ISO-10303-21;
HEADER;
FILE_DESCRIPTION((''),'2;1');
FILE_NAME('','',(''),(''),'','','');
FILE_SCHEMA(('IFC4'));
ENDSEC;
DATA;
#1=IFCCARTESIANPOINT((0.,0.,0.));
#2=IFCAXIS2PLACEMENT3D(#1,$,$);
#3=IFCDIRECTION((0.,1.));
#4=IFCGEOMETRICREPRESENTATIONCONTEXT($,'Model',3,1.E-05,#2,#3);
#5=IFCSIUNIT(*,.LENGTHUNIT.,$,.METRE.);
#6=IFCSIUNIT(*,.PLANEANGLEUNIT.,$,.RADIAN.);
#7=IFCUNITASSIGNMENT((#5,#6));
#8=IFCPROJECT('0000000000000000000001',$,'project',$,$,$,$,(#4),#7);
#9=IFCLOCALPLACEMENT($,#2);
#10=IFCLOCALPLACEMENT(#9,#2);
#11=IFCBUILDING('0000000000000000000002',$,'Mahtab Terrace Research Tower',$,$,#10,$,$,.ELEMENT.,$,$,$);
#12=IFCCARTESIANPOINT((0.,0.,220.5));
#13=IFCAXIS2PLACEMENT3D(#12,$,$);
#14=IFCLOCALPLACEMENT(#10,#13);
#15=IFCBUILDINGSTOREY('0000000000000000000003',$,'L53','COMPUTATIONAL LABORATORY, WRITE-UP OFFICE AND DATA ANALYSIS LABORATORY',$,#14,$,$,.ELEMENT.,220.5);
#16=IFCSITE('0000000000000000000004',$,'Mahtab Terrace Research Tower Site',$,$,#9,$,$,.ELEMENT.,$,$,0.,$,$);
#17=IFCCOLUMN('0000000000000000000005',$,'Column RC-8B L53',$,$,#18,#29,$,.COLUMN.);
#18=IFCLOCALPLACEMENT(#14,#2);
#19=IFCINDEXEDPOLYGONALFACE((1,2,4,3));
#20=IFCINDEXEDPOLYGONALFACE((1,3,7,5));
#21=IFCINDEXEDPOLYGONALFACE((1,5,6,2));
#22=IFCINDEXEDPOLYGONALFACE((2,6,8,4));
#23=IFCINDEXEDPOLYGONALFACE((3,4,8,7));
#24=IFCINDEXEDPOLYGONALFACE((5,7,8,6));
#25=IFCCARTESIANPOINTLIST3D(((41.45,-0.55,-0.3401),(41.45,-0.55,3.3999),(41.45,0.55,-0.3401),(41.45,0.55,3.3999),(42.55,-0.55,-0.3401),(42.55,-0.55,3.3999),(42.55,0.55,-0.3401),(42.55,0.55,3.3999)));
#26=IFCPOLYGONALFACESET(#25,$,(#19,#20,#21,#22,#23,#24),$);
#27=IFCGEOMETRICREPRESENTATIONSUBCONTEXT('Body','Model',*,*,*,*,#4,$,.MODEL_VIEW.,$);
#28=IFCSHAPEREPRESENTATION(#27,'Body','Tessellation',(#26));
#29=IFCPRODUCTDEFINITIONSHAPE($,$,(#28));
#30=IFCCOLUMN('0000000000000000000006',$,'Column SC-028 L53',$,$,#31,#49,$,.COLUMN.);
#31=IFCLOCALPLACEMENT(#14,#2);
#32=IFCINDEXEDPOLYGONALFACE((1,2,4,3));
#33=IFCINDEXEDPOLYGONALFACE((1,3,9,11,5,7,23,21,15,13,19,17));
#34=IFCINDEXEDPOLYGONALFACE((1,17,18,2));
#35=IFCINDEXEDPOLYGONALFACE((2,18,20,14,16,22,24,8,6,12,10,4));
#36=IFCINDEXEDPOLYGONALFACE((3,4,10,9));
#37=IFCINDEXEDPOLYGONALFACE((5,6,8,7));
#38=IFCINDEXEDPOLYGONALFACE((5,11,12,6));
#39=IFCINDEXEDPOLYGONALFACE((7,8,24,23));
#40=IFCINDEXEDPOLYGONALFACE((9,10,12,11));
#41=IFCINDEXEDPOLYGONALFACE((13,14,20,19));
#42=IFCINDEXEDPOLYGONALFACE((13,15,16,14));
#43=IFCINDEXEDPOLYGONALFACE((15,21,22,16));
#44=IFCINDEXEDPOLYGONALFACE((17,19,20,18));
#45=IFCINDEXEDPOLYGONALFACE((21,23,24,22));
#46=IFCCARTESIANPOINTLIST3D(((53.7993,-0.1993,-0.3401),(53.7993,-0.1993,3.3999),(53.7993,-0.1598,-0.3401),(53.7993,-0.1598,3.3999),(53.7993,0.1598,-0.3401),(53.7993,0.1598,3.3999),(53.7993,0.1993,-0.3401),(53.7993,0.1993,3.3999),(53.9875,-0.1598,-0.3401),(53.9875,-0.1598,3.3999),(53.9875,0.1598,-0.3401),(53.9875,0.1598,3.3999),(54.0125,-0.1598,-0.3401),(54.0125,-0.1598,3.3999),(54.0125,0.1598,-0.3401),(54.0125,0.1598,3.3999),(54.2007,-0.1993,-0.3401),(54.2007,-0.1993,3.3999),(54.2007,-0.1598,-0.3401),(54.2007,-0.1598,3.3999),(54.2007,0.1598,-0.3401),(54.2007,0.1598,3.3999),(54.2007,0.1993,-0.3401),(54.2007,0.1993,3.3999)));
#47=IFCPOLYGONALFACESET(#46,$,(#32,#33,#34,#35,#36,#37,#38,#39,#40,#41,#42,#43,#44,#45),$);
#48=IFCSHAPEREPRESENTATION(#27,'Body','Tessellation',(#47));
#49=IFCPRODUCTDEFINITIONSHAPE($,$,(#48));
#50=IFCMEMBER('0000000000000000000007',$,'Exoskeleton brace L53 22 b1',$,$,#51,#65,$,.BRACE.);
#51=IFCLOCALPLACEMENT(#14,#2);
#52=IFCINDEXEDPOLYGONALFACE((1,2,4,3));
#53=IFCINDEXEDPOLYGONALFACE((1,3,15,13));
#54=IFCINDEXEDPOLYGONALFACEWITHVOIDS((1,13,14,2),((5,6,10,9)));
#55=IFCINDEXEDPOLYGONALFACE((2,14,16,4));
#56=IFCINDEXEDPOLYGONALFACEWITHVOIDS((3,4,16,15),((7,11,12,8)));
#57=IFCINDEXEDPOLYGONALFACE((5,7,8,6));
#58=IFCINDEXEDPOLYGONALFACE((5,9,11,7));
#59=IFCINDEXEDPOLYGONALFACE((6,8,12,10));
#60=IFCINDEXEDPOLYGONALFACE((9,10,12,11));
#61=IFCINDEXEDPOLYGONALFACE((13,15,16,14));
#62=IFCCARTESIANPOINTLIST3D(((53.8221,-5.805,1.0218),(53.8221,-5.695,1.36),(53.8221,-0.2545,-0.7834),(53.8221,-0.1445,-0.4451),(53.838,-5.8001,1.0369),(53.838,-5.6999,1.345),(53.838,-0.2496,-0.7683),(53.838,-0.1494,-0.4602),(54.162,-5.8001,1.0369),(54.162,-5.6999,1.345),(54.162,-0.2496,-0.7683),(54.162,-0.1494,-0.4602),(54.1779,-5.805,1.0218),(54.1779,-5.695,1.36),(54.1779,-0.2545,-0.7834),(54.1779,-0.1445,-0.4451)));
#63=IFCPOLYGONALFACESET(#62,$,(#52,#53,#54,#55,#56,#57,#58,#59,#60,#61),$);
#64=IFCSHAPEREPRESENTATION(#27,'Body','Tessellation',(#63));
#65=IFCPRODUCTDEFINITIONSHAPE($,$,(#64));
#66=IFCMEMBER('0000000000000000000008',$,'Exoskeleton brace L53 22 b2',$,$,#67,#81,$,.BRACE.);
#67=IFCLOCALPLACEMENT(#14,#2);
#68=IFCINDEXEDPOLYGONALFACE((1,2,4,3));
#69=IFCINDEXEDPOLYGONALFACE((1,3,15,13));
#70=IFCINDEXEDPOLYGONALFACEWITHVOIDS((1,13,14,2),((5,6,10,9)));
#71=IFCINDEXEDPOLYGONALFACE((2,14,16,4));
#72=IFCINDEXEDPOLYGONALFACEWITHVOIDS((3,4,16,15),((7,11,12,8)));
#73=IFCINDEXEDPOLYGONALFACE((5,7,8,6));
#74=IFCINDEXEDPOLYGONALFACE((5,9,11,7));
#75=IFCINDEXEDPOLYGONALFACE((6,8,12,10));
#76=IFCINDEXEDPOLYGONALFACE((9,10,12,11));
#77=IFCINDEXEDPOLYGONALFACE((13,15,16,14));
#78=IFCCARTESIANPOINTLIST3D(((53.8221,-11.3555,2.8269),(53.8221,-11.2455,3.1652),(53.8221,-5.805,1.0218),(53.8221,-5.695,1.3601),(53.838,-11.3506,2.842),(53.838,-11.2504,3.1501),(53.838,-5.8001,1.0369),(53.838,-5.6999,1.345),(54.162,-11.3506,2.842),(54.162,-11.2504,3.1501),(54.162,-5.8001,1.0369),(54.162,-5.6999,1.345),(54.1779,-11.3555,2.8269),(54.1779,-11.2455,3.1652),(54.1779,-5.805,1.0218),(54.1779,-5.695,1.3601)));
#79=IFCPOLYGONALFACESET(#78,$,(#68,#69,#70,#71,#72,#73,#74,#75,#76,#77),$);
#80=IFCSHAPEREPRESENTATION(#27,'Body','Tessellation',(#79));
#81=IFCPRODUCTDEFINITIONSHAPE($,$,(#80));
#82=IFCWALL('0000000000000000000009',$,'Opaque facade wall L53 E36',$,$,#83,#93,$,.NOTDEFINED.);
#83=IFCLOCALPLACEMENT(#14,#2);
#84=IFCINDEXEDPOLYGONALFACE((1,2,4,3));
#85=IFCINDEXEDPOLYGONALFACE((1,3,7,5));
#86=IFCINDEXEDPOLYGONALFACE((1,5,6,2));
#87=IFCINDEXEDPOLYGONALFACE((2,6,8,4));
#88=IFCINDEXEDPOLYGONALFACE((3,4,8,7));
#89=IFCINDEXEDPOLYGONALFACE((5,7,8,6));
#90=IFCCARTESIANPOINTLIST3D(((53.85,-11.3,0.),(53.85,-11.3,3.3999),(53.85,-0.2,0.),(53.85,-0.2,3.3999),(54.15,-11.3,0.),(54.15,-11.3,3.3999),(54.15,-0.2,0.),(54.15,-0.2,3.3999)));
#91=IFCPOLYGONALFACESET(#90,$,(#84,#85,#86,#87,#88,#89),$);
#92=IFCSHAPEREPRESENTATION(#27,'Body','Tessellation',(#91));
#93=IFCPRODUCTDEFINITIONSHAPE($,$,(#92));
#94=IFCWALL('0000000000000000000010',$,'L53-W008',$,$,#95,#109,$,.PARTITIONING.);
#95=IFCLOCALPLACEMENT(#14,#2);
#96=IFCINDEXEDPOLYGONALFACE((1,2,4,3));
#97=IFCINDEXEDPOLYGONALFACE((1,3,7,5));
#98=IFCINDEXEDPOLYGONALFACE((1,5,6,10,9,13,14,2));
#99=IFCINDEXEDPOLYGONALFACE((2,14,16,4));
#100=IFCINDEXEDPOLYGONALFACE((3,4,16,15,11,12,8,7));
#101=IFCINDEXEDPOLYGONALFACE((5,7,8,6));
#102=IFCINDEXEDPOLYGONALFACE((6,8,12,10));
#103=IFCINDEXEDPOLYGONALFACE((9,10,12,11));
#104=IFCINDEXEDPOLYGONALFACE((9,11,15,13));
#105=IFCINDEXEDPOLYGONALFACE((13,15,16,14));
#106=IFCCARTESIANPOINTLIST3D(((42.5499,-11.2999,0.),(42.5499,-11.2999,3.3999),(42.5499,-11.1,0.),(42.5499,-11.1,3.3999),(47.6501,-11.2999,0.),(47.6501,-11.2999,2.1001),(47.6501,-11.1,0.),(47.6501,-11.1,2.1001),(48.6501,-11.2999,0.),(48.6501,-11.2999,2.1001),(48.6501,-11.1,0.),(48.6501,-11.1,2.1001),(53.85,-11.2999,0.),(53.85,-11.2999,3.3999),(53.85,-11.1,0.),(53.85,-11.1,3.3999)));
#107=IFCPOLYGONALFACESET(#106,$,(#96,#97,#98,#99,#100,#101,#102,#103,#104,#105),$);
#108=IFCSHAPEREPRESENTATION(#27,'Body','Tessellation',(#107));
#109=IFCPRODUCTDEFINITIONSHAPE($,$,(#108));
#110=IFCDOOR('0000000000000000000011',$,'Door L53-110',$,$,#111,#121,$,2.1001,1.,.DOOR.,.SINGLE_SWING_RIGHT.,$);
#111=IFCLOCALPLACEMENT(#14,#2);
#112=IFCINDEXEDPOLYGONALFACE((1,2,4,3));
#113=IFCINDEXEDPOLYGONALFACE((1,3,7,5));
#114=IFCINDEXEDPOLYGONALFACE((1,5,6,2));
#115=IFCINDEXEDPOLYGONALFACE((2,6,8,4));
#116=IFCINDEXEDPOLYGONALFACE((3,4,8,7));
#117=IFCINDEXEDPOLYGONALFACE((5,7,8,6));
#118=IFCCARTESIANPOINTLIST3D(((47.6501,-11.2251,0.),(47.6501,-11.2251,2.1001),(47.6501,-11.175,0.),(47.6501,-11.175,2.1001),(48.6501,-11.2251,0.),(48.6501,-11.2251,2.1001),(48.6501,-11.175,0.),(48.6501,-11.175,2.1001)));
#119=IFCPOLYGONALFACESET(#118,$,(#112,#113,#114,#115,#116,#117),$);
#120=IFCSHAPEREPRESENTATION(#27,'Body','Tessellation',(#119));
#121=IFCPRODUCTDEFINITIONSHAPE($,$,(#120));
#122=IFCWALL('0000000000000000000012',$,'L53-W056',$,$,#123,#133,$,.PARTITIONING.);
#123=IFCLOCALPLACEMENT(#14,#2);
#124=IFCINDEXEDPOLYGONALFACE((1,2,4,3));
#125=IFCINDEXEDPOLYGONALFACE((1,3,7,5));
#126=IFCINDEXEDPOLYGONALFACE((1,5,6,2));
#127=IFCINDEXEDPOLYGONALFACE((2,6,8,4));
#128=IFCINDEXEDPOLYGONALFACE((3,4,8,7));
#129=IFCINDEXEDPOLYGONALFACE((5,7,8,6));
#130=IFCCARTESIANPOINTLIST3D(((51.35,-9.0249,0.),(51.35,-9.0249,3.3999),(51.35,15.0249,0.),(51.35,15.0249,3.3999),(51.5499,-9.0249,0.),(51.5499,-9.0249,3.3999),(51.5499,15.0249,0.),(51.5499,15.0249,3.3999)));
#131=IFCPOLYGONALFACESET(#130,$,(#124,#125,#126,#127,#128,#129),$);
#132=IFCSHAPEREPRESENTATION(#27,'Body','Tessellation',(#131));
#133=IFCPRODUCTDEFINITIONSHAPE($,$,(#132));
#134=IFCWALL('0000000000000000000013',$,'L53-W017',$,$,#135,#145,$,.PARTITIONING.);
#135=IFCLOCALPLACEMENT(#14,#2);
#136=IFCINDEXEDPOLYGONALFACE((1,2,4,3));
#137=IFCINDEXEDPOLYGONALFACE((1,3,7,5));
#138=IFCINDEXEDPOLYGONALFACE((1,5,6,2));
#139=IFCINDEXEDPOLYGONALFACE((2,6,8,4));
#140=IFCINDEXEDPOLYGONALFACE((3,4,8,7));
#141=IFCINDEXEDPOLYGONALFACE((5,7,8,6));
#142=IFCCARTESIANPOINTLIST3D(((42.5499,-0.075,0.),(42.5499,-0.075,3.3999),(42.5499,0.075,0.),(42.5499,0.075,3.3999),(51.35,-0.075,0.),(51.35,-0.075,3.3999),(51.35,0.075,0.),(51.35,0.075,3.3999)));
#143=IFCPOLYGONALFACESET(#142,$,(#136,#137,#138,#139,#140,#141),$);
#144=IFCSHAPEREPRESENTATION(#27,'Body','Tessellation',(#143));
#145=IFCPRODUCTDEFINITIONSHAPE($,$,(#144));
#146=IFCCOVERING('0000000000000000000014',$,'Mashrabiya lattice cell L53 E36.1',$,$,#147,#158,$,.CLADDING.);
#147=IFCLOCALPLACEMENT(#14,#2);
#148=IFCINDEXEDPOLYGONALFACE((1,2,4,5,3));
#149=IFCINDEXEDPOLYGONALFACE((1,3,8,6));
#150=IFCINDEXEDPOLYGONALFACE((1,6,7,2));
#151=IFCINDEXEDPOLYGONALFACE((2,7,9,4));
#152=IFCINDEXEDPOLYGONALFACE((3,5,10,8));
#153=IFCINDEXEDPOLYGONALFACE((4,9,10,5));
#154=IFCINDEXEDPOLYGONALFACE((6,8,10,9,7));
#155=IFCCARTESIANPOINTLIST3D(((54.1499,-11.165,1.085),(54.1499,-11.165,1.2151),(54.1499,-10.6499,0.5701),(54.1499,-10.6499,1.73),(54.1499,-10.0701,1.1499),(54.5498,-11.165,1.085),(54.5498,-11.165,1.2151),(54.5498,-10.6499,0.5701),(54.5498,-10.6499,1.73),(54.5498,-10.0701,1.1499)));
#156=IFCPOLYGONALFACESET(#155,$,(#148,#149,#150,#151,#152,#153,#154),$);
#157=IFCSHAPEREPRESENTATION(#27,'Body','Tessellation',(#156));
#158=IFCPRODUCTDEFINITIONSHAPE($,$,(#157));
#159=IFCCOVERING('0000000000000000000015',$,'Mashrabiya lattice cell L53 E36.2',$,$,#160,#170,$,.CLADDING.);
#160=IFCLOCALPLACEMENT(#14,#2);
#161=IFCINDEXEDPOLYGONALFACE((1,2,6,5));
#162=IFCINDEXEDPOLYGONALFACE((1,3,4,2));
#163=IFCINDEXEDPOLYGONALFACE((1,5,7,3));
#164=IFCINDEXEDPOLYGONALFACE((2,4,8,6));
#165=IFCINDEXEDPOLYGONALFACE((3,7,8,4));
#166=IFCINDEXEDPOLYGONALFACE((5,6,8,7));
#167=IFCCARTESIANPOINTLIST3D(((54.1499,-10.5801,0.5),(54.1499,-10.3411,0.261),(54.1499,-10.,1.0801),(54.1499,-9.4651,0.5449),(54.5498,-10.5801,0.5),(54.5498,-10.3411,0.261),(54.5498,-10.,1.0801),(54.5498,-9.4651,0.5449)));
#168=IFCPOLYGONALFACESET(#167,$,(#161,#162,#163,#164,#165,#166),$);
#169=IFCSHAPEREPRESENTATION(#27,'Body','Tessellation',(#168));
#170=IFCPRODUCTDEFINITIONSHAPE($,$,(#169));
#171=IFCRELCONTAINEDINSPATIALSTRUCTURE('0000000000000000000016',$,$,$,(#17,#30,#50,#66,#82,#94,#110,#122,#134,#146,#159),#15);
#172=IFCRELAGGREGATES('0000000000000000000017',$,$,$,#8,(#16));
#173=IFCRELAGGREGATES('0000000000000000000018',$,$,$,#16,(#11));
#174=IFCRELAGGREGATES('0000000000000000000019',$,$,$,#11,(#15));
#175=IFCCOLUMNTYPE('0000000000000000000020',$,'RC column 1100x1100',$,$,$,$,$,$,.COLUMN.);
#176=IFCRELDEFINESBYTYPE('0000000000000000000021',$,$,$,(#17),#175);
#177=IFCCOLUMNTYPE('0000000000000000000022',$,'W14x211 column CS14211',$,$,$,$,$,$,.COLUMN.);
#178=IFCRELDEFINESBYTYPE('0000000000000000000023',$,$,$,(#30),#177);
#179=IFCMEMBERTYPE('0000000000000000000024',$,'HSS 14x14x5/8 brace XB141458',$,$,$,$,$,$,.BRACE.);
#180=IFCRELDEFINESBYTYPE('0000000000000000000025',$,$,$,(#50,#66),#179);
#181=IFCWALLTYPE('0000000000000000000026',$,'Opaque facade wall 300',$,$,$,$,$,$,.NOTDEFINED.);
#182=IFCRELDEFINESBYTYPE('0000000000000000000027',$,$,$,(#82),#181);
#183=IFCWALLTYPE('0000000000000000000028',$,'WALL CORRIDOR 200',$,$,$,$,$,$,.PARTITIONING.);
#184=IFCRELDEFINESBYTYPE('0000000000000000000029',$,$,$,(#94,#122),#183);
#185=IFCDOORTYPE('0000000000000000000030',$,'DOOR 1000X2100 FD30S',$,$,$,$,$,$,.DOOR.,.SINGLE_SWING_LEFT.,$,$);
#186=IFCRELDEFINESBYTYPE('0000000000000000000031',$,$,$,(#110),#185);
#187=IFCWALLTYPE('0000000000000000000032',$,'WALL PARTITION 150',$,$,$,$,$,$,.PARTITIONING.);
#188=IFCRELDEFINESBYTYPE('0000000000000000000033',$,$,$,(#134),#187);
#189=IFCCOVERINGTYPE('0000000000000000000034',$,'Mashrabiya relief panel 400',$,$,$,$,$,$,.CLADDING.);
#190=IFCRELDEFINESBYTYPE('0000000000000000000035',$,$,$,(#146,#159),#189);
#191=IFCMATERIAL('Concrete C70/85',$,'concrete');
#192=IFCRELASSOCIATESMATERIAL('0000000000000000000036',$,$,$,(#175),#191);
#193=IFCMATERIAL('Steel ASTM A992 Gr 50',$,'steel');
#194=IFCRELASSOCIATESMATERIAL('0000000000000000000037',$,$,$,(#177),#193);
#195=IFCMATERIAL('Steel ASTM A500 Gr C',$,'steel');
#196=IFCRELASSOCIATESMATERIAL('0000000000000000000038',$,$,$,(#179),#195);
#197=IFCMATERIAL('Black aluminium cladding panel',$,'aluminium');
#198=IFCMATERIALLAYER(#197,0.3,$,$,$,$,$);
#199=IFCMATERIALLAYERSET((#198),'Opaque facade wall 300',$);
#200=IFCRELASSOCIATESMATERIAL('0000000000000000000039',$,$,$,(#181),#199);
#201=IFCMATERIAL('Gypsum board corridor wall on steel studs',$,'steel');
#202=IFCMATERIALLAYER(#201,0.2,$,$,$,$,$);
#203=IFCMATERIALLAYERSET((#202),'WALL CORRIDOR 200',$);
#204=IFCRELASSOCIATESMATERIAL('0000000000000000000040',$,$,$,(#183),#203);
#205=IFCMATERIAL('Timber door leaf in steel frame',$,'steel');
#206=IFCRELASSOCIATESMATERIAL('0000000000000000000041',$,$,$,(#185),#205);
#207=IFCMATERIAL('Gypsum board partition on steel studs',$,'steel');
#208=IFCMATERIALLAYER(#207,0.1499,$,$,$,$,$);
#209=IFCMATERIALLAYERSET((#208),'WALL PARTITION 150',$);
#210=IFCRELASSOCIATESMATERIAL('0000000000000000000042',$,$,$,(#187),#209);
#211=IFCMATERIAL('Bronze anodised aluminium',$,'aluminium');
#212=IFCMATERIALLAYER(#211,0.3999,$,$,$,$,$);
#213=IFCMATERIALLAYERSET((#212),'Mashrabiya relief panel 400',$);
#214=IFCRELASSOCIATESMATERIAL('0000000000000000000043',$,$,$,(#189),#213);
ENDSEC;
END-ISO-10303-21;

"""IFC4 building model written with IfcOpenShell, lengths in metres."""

from ifc_helpers import new_model, si_unit, direction, frame, frame_2d, origin, origin_2d, place, context, subcontext, project, spatial, polyline, rectangle, hollow_rectangle, i_section, outline, extrude, material, layer, layer_set, material_profile, profile_set, type_object, element, fill, save


model = new_model("IFC4")

# Units and contexts
model_context = context("Model", 3, precision=1e-05, world=origin(), true_north=direction((0.0, 1.0)))
body_context = subcontext(model_context, "Body", "Model", "MODEL_VIEW")
ifc_project = project(units=[si_unit("LENGTHUNIT", "METRE"), si_unit("PLANEANGLEUNIT", "RADIAN")], contexts=[model_context])

# Site, building, storey
site_placement = place(None, origin())
site = spatial("IfcSite", under=ifc_project, at=site_placement, Name="Mahtab Terrace Research Tower Site", CompositionType="ELEMENT", RefElevation=0.0)
building_placement = place(site_placement, origin())
building = spatial("IfcBuilding", under=site, at=building_placement, Name="Mahtab Terrace Research Tower", CompositionType="ELEMENT")
storey_placement = place(building_placement, frame((0.0, 0.0, 220.5)))
storey = spatial("IfcBuildingStorey", under=building, at=storey_placement, Name="L53", Description="COMPUTATIONAL LABORATORY, WRITE-UP OFFICE AND DATA ANALYSIS LABORATORY", CompositionType="ELEMENT", Elevation=220.5)

# Columns
ifc_material_1 = material(Name="Concrete C70/85", Category="concrete")
ifc_material_profile_1 = material_profile(ifc_material_1, rectangle(XDim=1.1001, YDim=1.1001, at=origin_2d()), Name="RC column 1100x1100")
ifc_profile_set_1 = profile_set([ifc_material_profile_1], Name="Concrete C70/85")
column_type_1 = type_object("IfcColumnType", Name="RC column 1100x1100", PredefinedType="COLUMN", material=ifc_profile_set_1)
column_1_placement = place(storey_placement, frame((42.0, 0.0, -0.3401), z_axis=(0.0, 0.0, 1.0), x_axis=(1.0, 0.0, 0.0)))
element("IfcColumn", 1, at=column_1_placement, inside=storey, type_object=column_type_1, Name="Column RC-8B L53", PredefinedType="COLUMN", context=body_context, shape_type="SweptSolid", body=[
    extrude(rectangle(XDim=1.1001, YDim=1.1001, at=origin_2d()), origin(), (0.0, 0.0, 1.0), 3.74),
])
ifc_material_2 = material(Name="Steel ASTM A992 Gr 50", Category="steel")
ifc_material_profile_2 = material_profile(ifc_material_2, i_section(OverallWidth=0.4014, OverallDepth=0.3987, WebThickness=0.0249, FlangeThickness=0.0396, at=origin_2d()), Name="W14X211")
ifc_profile_set_2 = profile_set([ifc_material_profile_2], Name="Steel ASTM A992 Gr 50")
column_type_2 = type_object("IfcColumnType", Name="W14x211 column CS14211", PredefinedType="COLUMN", material=ifc_profile_set_2)
column_2_placement = place(storey_placement, frame((54.0, 0.0, -0.3401), z_axis=(0.0, 0.0, 1.0), x_axis=(1.0, 0.0, 0.0)))
element("IfcColumn", 2, at=column_2_placement, inside=storey, type_object=column_type_2, Name="Column SC-028 L53", PredefinedType="COLUMN", context=body_context, shape_type="SweptSolid", body=[
    extrude(i_section(OverallWidth=0.4014, OverallDepth=0.3987, WebThickness=0.0249, FlangeThickness=0.0396, at=origin_2d()), origin(), (0.0, 0.0, 1.0), 3.74),
])

# Members
ifc_material_3 = material(Name="Steel ASTM A500 Gr C", Category="steel")
ifc_material_profile_3 = material_profile(ifc_material_3, hollow_rectangle(XDim=0.3557, YDim=0.3557, WallThickness=0.0159, at=origin_2d()), Name="HSS14X14X5/8")
ifc_profile_set_3 = profile_set([ifc_material_profile_3], Name="Steel ASTM A500 Gr C")
member_type = type_object("IfcMemberType", Name="HSS 14x14x5/8 brace XB141458", PredefinedType="BRACE", material=ifc_profile_set_3)
for number, where, z_axis, x_axis, name in (
    (3, (54.0, -0.1995, -0.6143), (0.0, -0.950971, 0.30928), (1.0, 0.0, 0.0), "Exoskeleton brace L53 22 b1"),
    (4, (54.0, -5.75, 1.1909), (0.0, -0.950971, 0.30928), (1.0, 0.0, 0.0), "Exoskeleton brace L53 22 b2"),
):
    element("IfcMember", number, at=place(storey_placement, frame(where, z_axis=z_axis, x_axis=x_axis)), inside=storey, type_object=member_type, Name=name, PredefinedType="BRACE", context=body_context, shape_type="SweptSolid", body=[
        extrude(hollow_rectangle(XDim=0.3557, YDim=0.3557, WallThickness=0.0159, at=origin_2d()), origin(), (0.0, 0.0, 1.0), 5.8367),
    ])

# Wall
ifc_material_4 = material(Name="Black aluminium cladding panel", Category="aluminium")
ifc_layer_1 = layer(ifc_material_4, 0.3)
ifc_layer_set_1 = layer_set([ifc_layer_1], Name="Opaque facade wall 300")
wall_type_1 = type_object("IfcWallType", Name="Opaque facade wall 300", PredefinedType="NOTDEFINED", material=ifc_layer_set_1)
wall_1_placement = place(storey_placement, frame((54.0, -11.3, 0.0), z_axis=(0.0, 0.0, 1.0), x_axis=(0.0, 1.0, 0.0)))
element("IfcWall", 5, at=wall_1_placement, inside=storey, type_object=wall_type_1, Name="Opaque facade wall L53 E36", PredefinedType="NOTDEFINED", context=body_context, shape_type="SweptSolid", body=[
    extrude(rectangle(XDim=11.1001, YDim=0.3, at=frame_2d((5.55, 0.0))), origin(), (0.0, 0.0, 1.0), 3.3999),
])

# Wall, opening, door
ifc_material_5 = material(Name="Gypsum board corridor wall on steel studs", Category="steel")
ifc_layer_2 = layer(ifc_material_5, 0.2)
ifc_layer_set_2 = layer_set([ifc_layer_2], Name="WALL CORRIDOR 200")
wall_type_2 = type_object("IfcWallType", Name="WALL CORRIDOR 200", PredefinedType="PARTITIONING", material=ifc_layer_set_2)
wall_2_placement = place(storey_placement, frame((42.55, -11.2, 0.0), z_axis=(0.0, 0.0, 1.0), x_axis=(1.0, 0.0, 0.0)))
wall_2 = element("IfcWall", 6, at=wall_2_placement, inside=storey, type_object=wall_type_2, Name="L53-W008", PredefinedType="PARTITIONING", context=body_context, shape_type="SweptSolid", body=[
    extrude(rectangle(XDim=11.3, YDim=0.2, at=frame_2d((5.6499, 0.0))), origin(), (0.0, 0.0, 1.0), 3.3999),
])
opening_placement = place(wall_2_placement, frame((5.1001, 0.0, 0.0)))
opening = element("IfcOpeningElement", 7, at=opening_placement, cuts=wall_2, PredefinedType="OPENING", context=body_context, shape_type="SweptSolid", body=[
    extrude(rectangle(XDim=1.0, YDim=2.1001, at=frame_2d((0.5, 1.05))), frame((0.0, 0.1099, 0.0), z_axis=(0.0, -1.0, 0.0), x_axis=(1.0, 0.0, 0.0)), (0.0, 0.0, 1.0), 0.22),
])
ifc_material_6 = material(Name="Timber door leaf in steel frame", Category="steel")
door_type = type_object("IfcDoorType", Name="DOOR 1000X2100 FD30S", OperationType="SINGLE_SWING_LEFT", PredefinedType="DOOR", material=ifc_material_6)
door_placement = place(opening_placement, origin())
door = element("IfcDoor", 8, at=door_placement, inside=storey, type_object=door_type, Name="Door L53-110", OperationType="SINGLE_SWING_RIGHT", OverallHeight=2.1001, OverallWidth=1.0, PredefinedType="DOOR", context=body_context, shape_type="SweptSolid", body=[
    extrude(rectangle(XDim=1.0, YDim=2.1001, at=frame_2d((0.5, 1.05))), frame((0.0, 0.0249, 0.0), z_axis=(0.0, -1.0, 0.0), x_axis=(1.0, 0.0, 0.0)), (0.0, 0.0, 1.0), 0.05),
])
fill(opening, door)

# Walls
wall_3_placement = place(storey_placement, frame((51.45, -9.0249, 0.0), z_axis=(0.0, 0.0, 1.0), x_axis=(0.0, 1.0, 0.0)))
element("IfcWall", 9, at=wall_3_placement, inside=storey, type_object=wall_type_2, Name="L53-W056", PredefinedType="PARTITIONING", context=body_context, shape_type="SweptSolid", body=[
    extrude(rectangle(XDim=24.0498, YDim=0.2, at=frame_2d((12.0249, 0.0))), origin(), (0.0, 0.0, 1.0), 3.3999),
])
ifc_material_7 = material(Name="Gypsum board partition on steel studs", Category="steel")
ifc_layer_3 = layer(ifc_material_7, 0.1499)
ifc_layer_set_3 = layer_set([ifc_layer_3], Name="WALL PARTITION 150")
wall_type_3 = type_object("IfcWallType", Name="WALL PARTITION 150", PredefinedType="PARTITIONING", material=ifc_layer_set_3)
wall_4_placement = place(storey_placement, frame((42.55, 0.0, 0.0), z_axis=(0.0, 0.0, 1.0), x_axis=(1.0, 0.0, 0.0)))
element("IfcWall", 10, at=wall_4_placement, inside=storey, type_object=wall_type_3, Name="L53-W017", PredefinedType="PARTITIONING", context=body_context, shape_type="SweptSolid", body=[
    extrude(rectangle(XDim=8.8, YDim=0.1499, at=frame_2d((4.3999, 0.0))), origin(), (0.0, 0.0, 1.0), 3.3999),
])

# Coverings
ifc_material_8 = material(Name="Bronze anodised aluminium", Category="aluminium")
ifc_layer_4 = layer(ifc_material_8, 0.3999)
ifc_layer_set_4 = layer_set([ifc_layer_4], Name="Mashrabiya relief panel 400")
covering_type = type_object("IfcCoveringType", Name="Mashrabiya relief panel 400", PredefinedType="CLADDING", material=ifc_layer_set_4)
covering_1_placement = place(storey_placement, frame((54.1499, -10.6499, 1.73), z_axis=(-1.0, 0.0, 0.0), x_axis=(0.0, 0.706958, -0.707256)))
element("IfcCovering", 11, at=covering_1_placement, inside=storey, type_object=covering_type, Name="Mashrabiya lattice cell L53 E36.1", PredefinedType="CLADDING", context=body_context, shape_type="SweptSolid", body=[
    extrude(outline(polyline([(0.0, 0.0), (0.8202, 0.0), (0.8204, 0.82), (0.092, 0.8203), (0.0, 0.7283), (0.0, 0.0)])), origin(), (0.0, 0.0, -1.0), 0.3999),
])
covering_2_placement = place(storey_placement, frame((54.1499, -10.5801, 0.5), z_axis=(-1.0, 0.0, 0.0), x_axis=(0.0, 0.707107, 0.707107)))
element("IfcCovering", 12, at=covering_2_placement, inside=storey, type_object=covering_type, Name="Mashrabiya lattice cell L53 E36.2", PredefinedType="CLADDING", context=body_context, shape_type="SweptSolid", body=[
    extrude(outline(polyline([(0.0, 0.0), (0.8204, 0.0), (0.8202, 0.7567), (0.0, 0.338), (0.0, 0.0)])), origin(), (0.0, 0.0, -1.0), 0.3999),
])

save(model, "model.ifc")
